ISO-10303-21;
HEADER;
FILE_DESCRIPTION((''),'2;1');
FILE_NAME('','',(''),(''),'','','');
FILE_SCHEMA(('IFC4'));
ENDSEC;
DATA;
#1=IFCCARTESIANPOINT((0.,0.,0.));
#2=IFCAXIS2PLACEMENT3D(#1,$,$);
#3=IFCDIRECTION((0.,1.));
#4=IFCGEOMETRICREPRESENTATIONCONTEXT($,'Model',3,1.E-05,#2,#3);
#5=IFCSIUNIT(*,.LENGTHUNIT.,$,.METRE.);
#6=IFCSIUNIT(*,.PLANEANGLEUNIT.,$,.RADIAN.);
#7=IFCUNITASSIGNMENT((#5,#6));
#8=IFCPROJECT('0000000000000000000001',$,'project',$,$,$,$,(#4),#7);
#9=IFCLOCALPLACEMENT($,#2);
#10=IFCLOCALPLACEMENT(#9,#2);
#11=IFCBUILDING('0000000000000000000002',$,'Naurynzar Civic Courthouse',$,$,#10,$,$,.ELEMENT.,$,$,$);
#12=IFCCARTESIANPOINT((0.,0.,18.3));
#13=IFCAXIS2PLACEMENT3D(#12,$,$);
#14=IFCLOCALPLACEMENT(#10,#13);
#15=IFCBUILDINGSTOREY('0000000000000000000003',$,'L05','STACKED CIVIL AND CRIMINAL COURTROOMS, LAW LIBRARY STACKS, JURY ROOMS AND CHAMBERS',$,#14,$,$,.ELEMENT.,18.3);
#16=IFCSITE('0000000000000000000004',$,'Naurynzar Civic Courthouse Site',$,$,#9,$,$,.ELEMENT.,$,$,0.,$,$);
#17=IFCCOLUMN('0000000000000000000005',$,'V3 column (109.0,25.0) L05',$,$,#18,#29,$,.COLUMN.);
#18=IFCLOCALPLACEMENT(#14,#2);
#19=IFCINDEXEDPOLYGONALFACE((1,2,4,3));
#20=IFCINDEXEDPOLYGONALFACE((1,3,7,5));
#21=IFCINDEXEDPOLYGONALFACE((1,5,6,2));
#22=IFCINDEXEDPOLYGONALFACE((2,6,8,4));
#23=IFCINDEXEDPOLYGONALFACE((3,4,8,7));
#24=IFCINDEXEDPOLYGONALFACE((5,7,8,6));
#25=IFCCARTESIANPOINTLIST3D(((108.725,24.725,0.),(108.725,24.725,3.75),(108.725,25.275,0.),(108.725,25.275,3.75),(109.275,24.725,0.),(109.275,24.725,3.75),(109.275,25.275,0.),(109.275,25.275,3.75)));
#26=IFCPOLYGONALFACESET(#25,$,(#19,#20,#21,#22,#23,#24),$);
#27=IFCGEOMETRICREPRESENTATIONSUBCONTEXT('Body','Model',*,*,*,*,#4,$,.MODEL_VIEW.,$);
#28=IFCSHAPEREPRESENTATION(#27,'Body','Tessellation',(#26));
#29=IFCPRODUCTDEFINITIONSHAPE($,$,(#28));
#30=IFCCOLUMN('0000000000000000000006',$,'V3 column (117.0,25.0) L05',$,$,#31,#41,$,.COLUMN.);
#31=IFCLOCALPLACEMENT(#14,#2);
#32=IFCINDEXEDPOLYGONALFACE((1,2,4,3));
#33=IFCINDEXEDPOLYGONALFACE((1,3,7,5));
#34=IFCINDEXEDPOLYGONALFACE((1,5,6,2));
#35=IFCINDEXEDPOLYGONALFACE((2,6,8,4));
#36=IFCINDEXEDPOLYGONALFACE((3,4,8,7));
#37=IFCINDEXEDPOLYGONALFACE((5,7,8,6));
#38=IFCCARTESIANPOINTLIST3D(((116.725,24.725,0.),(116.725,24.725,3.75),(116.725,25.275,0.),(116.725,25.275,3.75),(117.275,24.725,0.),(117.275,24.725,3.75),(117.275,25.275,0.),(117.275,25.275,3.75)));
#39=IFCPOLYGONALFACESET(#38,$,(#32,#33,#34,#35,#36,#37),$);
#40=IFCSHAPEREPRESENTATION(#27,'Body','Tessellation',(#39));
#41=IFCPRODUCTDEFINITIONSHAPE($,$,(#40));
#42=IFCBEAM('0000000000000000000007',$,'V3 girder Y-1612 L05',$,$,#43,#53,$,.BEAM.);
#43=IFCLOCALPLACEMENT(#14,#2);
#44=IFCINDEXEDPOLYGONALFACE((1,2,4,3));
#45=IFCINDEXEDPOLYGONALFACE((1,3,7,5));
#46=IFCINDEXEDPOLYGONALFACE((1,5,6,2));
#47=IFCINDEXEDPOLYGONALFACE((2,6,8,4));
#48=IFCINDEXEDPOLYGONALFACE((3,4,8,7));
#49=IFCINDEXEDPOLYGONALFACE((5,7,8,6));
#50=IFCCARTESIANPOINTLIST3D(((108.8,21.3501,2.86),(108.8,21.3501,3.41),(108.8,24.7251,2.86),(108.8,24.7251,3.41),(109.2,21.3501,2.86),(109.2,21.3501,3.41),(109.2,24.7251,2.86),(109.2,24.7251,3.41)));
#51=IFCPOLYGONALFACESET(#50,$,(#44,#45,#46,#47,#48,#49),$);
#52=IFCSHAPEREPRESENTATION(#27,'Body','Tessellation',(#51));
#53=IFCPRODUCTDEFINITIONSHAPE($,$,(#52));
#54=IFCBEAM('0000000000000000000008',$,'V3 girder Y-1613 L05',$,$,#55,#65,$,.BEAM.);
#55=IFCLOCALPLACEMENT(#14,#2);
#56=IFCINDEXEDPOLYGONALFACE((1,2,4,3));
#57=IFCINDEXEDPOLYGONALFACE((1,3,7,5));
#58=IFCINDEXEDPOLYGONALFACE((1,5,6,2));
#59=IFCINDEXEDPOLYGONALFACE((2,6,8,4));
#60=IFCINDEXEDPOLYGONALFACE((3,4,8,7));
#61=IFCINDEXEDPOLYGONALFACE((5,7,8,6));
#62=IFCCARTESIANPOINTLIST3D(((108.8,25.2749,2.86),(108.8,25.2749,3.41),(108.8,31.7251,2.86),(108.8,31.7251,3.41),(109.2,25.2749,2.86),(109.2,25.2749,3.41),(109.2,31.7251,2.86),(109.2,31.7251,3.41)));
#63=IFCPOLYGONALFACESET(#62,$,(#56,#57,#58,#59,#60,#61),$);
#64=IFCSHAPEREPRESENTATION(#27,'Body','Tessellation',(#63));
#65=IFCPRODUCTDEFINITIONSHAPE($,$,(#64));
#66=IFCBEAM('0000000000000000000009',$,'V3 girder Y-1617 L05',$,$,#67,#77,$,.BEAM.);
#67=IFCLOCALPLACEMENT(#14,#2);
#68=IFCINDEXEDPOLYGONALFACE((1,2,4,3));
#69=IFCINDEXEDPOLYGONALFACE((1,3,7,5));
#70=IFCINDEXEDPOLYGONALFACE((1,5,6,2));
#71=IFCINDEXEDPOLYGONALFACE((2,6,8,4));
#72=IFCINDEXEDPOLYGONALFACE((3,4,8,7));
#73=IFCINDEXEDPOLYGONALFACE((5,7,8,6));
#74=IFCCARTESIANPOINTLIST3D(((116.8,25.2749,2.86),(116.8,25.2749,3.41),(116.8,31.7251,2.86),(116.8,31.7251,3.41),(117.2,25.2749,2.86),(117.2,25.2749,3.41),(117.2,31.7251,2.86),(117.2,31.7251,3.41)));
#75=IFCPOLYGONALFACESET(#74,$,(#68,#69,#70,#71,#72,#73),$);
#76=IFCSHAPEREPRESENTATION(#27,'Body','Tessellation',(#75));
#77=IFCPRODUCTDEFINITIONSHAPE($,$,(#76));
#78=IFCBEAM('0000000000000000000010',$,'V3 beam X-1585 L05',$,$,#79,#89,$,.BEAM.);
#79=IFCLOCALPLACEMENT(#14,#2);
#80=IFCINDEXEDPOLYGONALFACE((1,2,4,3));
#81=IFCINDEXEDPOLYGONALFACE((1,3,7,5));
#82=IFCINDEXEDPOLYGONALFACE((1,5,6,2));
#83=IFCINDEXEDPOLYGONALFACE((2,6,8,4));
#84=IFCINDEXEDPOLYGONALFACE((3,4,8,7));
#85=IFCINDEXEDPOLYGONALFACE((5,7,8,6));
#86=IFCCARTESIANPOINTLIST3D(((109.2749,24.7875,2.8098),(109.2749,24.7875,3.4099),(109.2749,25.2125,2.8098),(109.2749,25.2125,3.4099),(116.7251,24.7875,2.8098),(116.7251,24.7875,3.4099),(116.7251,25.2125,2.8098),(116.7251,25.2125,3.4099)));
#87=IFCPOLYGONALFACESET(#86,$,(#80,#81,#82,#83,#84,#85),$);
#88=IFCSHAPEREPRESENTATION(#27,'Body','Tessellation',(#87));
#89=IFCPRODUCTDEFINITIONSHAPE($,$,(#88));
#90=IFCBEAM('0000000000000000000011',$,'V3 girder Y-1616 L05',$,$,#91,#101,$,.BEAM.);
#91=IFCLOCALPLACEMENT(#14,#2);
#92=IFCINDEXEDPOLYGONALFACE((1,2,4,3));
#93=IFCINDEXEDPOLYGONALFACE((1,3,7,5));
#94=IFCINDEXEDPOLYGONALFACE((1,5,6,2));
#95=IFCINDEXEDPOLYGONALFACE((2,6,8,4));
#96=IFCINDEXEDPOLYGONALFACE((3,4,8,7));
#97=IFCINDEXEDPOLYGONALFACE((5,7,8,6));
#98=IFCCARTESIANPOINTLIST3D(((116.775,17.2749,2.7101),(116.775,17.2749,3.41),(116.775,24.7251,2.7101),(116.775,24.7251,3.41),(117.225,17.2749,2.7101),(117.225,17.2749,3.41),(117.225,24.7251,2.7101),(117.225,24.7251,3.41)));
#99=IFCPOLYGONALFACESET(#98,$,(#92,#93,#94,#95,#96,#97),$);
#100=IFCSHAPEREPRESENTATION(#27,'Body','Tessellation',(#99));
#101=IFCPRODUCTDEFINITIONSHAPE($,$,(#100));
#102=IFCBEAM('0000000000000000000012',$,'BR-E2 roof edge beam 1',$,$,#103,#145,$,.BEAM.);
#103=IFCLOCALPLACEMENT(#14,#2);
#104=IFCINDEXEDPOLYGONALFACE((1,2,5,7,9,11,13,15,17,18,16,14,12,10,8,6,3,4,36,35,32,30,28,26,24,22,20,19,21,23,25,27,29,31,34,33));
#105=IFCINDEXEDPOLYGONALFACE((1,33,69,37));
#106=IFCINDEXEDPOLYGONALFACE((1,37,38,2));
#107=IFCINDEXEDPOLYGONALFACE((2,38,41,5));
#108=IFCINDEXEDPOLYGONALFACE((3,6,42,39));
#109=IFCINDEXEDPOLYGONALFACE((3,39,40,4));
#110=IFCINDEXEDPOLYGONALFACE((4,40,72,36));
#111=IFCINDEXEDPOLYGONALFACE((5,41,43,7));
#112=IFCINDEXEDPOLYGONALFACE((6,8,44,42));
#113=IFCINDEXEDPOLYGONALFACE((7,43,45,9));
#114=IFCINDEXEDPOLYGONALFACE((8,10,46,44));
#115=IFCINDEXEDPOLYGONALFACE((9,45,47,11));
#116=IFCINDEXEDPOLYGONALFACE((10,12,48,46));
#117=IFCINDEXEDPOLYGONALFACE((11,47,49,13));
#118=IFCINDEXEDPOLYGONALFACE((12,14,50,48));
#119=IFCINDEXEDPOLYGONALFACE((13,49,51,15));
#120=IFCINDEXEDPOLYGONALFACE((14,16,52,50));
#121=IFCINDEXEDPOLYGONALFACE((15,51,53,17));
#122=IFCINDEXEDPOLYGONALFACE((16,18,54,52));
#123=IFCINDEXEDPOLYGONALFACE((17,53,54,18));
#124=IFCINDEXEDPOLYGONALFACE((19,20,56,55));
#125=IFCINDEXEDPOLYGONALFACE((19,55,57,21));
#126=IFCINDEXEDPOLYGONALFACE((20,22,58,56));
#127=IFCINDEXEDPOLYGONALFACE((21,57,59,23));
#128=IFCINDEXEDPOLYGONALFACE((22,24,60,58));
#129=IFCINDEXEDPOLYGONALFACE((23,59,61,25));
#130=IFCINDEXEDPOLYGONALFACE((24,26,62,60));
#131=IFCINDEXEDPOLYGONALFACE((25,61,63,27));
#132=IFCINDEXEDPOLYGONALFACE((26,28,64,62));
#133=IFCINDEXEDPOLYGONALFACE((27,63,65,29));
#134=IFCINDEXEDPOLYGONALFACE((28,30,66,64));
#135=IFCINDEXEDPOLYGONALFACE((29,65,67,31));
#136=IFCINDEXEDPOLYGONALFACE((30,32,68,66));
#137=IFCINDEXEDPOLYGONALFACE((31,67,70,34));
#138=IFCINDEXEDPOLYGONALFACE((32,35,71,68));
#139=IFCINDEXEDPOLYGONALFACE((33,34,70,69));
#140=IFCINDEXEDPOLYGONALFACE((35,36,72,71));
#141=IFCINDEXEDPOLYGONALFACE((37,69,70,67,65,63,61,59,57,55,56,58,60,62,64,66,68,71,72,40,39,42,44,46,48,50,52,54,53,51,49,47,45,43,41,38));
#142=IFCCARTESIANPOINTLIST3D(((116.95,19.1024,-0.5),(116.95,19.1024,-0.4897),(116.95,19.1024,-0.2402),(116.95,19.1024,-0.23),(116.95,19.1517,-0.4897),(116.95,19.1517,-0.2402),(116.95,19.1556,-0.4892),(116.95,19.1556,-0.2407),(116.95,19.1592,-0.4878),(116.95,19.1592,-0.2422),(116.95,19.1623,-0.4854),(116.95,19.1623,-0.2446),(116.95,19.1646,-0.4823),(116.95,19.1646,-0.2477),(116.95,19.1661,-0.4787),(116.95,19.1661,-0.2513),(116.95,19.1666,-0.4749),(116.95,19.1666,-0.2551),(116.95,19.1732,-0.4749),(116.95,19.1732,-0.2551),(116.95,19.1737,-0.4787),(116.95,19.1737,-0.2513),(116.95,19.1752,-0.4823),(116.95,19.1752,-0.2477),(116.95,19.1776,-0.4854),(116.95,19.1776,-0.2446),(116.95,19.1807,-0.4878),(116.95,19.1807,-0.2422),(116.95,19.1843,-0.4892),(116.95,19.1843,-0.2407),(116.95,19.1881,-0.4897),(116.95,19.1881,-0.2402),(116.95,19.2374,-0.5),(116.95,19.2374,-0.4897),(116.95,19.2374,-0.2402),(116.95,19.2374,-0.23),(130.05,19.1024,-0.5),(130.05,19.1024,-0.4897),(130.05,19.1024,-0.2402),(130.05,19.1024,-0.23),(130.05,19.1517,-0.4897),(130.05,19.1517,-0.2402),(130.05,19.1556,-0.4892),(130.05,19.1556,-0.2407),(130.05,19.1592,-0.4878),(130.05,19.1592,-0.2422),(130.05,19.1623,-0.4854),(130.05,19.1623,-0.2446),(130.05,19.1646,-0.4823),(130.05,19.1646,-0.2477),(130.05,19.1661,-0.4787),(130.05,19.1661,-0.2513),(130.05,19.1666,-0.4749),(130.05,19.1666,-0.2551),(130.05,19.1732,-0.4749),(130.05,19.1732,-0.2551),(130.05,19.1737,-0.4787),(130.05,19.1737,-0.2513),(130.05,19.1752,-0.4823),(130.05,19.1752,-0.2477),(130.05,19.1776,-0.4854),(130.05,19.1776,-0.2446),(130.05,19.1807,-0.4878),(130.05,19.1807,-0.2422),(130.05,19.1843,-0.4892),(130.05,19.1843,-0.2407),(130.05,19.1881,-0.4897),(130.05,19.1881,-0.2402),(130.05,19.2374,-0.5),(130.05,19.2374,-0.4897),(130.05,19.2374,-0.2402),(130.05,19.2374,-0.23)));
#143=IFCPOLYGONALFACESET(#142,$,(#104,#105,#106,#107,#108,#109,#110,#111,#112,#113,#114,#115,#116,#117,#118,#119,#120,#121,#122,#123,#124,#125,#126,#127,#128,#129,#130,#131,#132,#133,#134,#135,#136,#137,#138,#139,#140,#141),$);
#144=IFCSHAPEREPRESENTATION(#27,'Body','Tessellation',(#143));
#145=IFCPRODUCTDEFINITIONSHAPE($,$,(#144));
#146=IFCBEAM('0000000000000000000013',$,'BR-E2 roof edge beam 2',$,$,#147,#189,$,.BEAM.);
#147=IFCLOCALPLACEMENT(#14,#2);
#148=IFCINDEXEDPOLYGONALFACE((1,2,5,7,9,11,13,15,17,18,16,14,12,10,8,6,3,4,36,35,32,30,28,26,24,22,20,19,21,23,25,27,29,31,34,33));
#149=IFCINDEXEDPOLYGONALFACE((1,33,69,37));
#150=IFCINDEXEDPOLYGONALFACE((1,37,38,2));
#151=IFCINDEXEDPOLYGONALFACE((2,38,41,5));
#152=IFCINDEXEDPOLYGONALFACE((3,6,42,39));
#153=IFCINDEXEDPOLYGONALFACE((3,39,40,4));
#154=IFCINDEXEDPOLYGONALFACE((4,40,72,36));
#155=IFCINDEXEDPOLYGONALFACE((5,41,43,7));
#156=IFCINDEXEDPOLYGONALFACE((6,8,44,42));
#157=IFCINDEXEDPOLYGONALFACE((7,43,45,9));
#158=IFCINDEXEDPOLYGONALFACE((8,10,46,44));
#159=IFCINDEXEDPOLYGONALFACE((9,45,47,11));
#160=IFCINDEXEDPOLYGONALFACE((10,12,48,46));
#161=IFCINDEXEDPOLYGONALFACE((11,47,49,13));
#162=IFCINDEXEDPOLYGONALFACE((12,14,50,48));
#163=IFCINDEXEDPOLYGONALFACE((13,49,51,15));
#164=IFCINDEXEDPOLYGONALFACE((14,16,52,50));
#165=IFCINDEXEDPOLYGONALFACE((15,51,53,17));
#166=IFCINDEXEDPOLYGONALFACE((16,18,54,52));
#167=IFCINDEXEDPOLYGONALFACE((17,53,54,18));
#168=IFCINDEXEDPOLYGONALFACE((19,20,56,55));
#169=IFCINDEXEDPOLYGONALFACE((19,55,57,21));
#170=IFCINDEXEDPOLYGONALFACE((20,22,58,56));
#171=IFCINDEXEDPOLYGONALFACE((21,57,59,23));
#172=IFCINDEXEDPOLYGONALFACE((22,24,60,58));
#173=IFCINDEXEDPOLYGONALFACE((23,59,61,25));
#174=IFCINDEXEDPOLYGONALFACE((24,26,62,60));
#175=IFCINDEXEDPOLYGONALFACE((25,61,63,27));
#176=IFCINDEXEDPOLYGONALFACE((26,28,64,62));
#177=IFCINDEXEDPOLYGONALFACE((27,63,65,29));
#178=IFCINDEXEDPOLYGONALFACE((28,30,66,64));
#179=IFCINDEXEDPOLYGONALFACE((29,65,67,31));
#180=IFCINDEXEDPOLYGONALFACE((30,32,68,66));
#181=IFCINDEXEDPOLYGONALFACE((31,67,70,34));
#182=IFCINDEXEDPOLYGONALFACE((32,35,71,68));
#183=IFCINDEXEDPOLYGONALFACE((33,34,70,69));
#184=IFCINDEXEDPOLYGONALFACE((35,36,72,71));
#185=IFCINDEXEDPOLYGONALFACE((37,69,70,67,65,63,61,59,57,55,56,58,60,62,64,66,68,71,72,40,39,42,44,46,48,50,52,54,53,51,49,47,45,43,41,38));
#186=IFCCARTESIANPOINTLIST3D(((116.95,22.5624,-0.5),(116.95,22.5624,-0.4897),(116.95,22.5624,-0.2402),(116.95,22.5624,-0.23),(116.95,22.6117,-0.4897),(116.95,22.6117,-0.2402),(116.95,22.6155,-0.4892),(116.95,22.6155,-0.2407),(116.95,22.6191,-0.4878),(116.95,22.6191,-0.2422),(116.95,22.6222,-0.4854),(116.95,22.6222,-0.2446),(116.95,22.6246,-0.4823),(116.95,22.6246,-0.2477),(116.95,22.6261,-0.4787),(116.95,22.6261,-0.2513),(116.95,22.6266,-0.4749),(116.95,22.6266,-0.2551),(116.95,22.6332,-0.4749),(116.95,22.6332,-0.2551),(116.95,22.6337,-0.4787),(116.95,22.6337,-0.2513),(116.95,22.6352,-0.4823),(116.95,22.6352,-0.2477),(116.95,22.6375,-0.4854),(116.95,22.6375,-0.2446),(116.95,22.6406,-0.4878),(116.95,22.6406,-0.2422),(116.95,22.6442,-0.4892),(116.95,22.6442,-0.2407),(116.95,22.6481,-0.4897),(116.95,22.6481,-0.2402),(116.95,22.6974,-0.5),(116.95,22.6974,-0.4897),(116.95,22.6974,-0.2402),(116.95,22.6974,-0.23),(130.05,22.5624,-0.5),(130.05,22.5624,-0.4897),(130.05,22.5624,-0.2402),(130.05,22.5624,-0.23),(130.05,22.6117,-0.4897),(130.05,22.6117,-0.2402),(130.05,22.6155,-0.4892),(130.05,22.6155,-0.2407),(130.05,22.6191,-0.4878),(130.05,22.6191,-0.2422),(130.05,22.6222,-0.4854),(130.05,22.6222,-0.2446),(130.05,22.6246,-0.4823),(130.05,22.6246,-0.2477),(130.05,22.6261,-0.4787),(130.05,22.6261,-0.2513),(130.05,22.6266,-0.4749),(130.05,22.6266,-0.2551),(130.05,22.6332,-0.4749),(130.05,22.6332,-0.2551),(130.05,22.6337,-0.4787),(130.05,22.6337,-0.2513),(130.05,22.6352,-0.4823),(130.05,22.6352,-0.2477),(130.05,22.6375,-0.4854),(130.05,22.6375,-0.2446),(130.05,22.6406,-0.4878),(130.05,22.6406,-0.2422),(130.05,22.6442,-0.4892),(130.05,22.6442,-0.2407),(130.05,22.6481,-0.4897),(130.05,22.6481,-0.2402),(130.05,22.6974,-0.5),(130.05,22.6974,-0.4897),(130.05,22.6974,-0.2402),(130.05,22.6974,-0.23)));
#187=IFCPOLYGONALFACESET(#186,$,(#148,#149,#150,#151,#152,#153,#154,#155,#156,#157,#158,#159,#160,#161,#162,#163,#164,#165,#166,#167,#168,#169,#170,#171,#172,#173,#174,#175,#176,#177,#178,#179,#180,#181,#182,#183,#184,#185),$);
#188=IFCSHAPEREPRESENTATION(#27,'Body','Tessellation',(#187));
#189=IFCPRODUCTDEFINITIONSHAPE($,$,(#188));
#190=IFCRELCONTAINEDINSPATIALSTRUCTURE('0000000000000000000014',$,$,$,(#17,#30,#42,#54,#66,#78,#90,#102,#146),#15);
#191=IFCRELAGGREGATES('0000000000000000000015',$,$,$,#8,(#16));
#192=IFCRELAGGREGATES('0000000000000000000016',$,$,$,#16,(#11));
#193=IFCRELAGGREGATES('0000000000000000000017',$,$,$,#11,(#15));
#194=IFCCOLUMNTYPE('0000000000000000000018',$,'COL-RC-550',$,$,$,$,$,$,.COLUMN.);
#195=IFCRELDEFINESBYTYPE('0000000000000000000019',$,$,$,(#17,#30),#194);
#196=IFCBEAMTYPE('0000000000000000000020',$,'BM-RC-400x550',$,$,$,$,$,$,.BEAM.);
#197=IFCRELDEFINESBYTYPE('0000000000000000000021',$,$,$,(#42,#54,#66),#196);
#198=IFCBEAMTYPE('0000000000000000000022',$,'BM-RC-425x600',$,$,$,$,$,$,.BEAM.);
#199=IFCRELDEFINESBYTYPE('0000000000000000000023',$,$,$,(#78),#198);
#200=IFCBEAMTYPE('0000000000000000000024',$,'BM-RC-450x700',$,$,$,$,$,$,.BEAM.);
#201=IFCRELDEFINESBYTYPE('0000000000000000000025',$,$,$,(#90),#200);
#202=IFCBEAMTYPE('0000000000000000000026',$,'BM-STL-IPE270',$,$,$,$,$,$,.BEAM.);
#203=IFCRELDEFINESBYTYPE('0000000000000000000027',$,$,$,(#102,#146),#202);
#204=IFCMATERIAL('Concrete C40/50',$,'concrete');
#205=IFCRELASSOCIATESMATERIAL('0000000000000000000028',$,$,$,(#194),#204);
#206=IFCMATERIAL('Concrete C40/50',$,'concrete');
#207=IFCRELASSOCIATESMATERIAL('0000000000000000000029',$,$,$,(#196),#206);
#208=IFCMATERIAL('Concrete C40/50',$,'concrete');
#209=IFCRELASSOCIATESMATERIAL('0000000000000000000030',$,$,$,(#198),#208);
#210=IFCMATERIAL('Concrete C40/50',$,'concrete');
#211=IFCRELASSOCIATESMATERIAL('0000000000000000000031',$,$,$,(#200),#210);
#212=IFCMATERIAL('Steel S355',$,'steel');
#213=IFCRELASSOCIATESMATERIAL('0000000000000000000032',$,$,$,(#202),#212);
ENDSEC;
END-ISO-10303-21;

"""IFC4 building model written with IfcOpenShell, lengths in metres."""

from ifc_helpers import new_model, si_unit, direction, frame, origin, origin_2d, place, context, subcontext, project, spatial, rectangle, i_section, extrude, material, material_profile, profile_set, type_object, element, save


model = new_model("IFC4")

# Units and contexts
model_context = context("Model", 3, precision=1e-05, world=origin(), true_north=direction((0.0, 1.0)))
body_context = subcontext(model_context, "Body", "Model", "MODEL_VIEW")
ifc_project = project(units=[si_unit("LENGTHUNIT", "METRE"), si_unit("PLANEANGLEUNIT", "RADIAN")], contexts=[model_context])

# Site, building, storey
site_placement = place(None, origin())
site = spatial("IfcSite", under=ifc_project, at=site_placement, Name="Naurynzar Civic Courthouse Site", CompositionType="ELEMENT", RefElevation=0.0)
building_placement = place(site_placement, origin())
building = spatial("IfcBuilding", under=site, at=building_placement, Name="Naurynzar Civic Courthouse", CompositionType="ELEMENT")
storey_placement = place(building_placement, frame((0.0, 0.0, 18.3)))
storey = spatial("IfcBuildingStorey", under=building, at=storey_placement, Name="L05", Description="STACKED CIVIL AND CRIMINAL COURTROOMS, LAW LIBRARY STACKS, JURY ROOMS AND CHAMBERS", CompositionType="ELEMENT", Elevation=18.3)

# Columns
ifc_material_1 = material(Name="Concrete C40/50", Category="concrete")
ifc_material_profile_1 = material_profile(ifc_material_1, rectangle(XDim=0.55, YDim=0.55, at=origin_2d()), Name="RC 550x550")
ifc_profile_set_1 = profile_set([ifc_material_profile_1], Name="Concrete C40/50")
column_type = type_object("IfcColumnType", Name="COL-RC-550", PredefinedType="COLUMN", material=ifc_profile_set_1)
for number, where, z_axis, x_axis, name in (
    (1, (109.0, 25.0, 0.0), (0.0, 0.0, 1.0), (1.0, 0.0, 0.0), "V3 column (109.0,25.0) L05"),
    (2, (117.0, 25.0, 0.0), (0.0, 0.0, 1.0), (1.0, 0.0, 0.0), "V3 column (117.0,25.0) L05"),
):
    element("IfcColumn", number, at=place(storey_placement, frame(where, z_axis=z_axis, x_axis=x_axis)), inside=storey, type_object=column_type, Name=name, PredefinedType="COLUMN", context=body_context, shape_type="SweptSolid", body=[
        extrude(rectangle(XDim=0.55, YDim=0.55, at=origin_2d()), origin(), (0.0, 0.0, 1.0), 3.75),
    ])

# Beams
ifc_material_2 = material(Name="Concrete C40/50", Category="concrete")
ifc_material_profile_2 = material_profile(ifc_material_2, rectangle(XDim=0.3999, YDim=0.55, at=origin_2d()), Name="RCB 400x550")
ifc_profile_set_2 = profile_set([ifc_material_profile_2], Name="Concrete C40/50")
beam_type_1 = type_object("IfcBeamType", Name="BM-RC-400x550", PredefinedType="BEAM", material=ifc_profile_set_2)
beam_1_placement = place(storey_placement, frame((109.0, 21.3501, 3.135), z_axis=(0.0, 1.0, 0.0), x_axis=(-1.0, 0.0, 0.0)))
element("IfcBeam", 3, at=beam_1_placement, inside=storey, type_object=beam_type_1, Name="V3 girder Y-1612 L05", PredefinedType="BEAM", context=body_context, shape_type="SweptSolid", body=[
    extrude(rectangle(XDim=0.3999, YDim=0.55, at=origin_2d()), origin(), (0.0, 0.0, 1.0), 3.375),
])
for number, where, z_axis, x_axis, name in (
    (4, (109.0, 25.2749, 3.135), (0.0, 1.0, 0.0), (-1.0, 0.0, 0.0), "V3 girder Y-1613 L05"),
    (5, (117.0, 25.2749, 3.135), (0.0, 1.0, 0.0), (-1.0, 0.0, 0.0), "V3 girder Y-1617 L05"),
):
    element("IfcBeam", number, at=place(storey_placement, frame(where, z_axis=z_axis, x_axis=x_axis)), inside=storey, type_object=beam_type_1, Name=name, PredefinedType="BEAM", context=body_context, shape_type="SweptSolid", body=[
        extrude(rectangle(XDim=0.3999, YDim=0.55, at=origin_2d()), origin(), (0.0, 0.0, 1.0), 6.4502),
    ])
ifc_material_3 = material(Name="Concrete C40/50", Category="concrete")
ifc_material_profile_3 = material_profile(ifc_material_3, rectangle(XDim=0.425, YDim=0.6001, at=origin_2d()), Name="RCB 425x600")
ifc_profile_set_3 = profile_set([ifc_material_profile_3], Name="Concrete C40/50")
beam_type_2 = type_object("IfcBeamType", Name="BM-RC-425x600", PredefinedType="BEAM", material=ifc_profile_set_3)
beam_2_placement = place(storey_placement, frame((109.2749, 25.0, 3.1099), z_axis=(1.0, 0.0, 0.0), x_axis=(0.0, 1.0, 0.0)))
element("IfcBeam", 6, at=beam_2_placement, inside=storey, type_object=beam_type_2, Name="V3 beam X-1585 L05", PredefinedType="BEAM", context=body_context, shape_type="SweptSolid", body=[
    extrude(rectangle(XDim=0.425, YDim=0.6001, at=origin_2d()), origin(), (0.0, 0.0, 1.0), 7.4502),
])
ifc_material_4 = material(Name="Concrete C40/50", Category="concrete")
ifc_material_profile_4 = material_profile(ifc_material_4, rectangle(XDim=0.45, YDim=0.7, at=origin_2d()), Name="RCB 450x700")
ifc_profile_set_4 = profile_set([ifc_material_profile_4], Name="Concrete C40/50")
beam_type_3 = type_object("IfcBeamType", Name="BM-RC-450x700", PredefinedType="BEAM", material=ifc_profile_set_4)
beam_3_placement = place(storey_placement, frame((117.0, 17.2749, 3.0601), z_axis=(0.0, 1.0, 0.0), x_axis=(-1.0, 0.0, 0.0)))
element("IfcBeam", 7, at=beam_3_placement, inside=storey, type_object=beam_type_3, Name="V3 girder Y-1616 L05", PredefinedType="BEAM", context=body_context, shape_type="SweptSolid", body=[
    extrude(rectangle(XDim=0.45, YDim=0.7, at=origin_2d()), origin(), (0.0, 0.0, 1.0), 7.4502),
])
ifc_material_5 = material(Name="Steel S355", Category="steel")
ifc_material_profile_5 = material_profile(ifc_material_5, i_section(OverallWidth=0.135, OverallDepth=0.27, WebThickness=0.0066, FlangeThickness=0.0103, FilletRadius=0.0149, at=origin_2d()), Name="IPE 270")
ifc_profile_set_5 = profile_set([ifc_material_profile_5], Name="Steel S355")
beam_type_4 = type_object("IfcBeamType", Name="BM-STL-IPE270", PredefinedType="BEAM", material=ifc_profile_set_5)
for number, where, z_axis, x_axis, name in (
    (8, (116.95, 19.1699, -0.365), (1.0, 0.0, 0.0), (0.0, 1.0, 0.0), "BR-E2 roof edge beam 1"),
    (9, (116.95, 22.6299, -0.365), (1.0, 0.0, 0.0), (0.0, 1.0, 0.0), "BR-E2 roof edge beam 2"),
):
    element("IfcBeam", number, at=place(storey_placement, frame(where, z_axis=z_axis, x_axis=x_axis)), inside=storey, type_object=beam_type_4, Name=name, PredefinedType="BEAM", context=body_context, shape_type="SweptSolid", body=[
        extrude(i_section(OverallWidth=0.135, OverallDepth=0.27, WebThickness=0.0066, FlangeThickness=0.0103, FilletRadius=0.0149, at=origin_2d()), origin(), (0.0, 0.0, 1.0), 13.1001),
    ])

save(model, "model.ifc")
